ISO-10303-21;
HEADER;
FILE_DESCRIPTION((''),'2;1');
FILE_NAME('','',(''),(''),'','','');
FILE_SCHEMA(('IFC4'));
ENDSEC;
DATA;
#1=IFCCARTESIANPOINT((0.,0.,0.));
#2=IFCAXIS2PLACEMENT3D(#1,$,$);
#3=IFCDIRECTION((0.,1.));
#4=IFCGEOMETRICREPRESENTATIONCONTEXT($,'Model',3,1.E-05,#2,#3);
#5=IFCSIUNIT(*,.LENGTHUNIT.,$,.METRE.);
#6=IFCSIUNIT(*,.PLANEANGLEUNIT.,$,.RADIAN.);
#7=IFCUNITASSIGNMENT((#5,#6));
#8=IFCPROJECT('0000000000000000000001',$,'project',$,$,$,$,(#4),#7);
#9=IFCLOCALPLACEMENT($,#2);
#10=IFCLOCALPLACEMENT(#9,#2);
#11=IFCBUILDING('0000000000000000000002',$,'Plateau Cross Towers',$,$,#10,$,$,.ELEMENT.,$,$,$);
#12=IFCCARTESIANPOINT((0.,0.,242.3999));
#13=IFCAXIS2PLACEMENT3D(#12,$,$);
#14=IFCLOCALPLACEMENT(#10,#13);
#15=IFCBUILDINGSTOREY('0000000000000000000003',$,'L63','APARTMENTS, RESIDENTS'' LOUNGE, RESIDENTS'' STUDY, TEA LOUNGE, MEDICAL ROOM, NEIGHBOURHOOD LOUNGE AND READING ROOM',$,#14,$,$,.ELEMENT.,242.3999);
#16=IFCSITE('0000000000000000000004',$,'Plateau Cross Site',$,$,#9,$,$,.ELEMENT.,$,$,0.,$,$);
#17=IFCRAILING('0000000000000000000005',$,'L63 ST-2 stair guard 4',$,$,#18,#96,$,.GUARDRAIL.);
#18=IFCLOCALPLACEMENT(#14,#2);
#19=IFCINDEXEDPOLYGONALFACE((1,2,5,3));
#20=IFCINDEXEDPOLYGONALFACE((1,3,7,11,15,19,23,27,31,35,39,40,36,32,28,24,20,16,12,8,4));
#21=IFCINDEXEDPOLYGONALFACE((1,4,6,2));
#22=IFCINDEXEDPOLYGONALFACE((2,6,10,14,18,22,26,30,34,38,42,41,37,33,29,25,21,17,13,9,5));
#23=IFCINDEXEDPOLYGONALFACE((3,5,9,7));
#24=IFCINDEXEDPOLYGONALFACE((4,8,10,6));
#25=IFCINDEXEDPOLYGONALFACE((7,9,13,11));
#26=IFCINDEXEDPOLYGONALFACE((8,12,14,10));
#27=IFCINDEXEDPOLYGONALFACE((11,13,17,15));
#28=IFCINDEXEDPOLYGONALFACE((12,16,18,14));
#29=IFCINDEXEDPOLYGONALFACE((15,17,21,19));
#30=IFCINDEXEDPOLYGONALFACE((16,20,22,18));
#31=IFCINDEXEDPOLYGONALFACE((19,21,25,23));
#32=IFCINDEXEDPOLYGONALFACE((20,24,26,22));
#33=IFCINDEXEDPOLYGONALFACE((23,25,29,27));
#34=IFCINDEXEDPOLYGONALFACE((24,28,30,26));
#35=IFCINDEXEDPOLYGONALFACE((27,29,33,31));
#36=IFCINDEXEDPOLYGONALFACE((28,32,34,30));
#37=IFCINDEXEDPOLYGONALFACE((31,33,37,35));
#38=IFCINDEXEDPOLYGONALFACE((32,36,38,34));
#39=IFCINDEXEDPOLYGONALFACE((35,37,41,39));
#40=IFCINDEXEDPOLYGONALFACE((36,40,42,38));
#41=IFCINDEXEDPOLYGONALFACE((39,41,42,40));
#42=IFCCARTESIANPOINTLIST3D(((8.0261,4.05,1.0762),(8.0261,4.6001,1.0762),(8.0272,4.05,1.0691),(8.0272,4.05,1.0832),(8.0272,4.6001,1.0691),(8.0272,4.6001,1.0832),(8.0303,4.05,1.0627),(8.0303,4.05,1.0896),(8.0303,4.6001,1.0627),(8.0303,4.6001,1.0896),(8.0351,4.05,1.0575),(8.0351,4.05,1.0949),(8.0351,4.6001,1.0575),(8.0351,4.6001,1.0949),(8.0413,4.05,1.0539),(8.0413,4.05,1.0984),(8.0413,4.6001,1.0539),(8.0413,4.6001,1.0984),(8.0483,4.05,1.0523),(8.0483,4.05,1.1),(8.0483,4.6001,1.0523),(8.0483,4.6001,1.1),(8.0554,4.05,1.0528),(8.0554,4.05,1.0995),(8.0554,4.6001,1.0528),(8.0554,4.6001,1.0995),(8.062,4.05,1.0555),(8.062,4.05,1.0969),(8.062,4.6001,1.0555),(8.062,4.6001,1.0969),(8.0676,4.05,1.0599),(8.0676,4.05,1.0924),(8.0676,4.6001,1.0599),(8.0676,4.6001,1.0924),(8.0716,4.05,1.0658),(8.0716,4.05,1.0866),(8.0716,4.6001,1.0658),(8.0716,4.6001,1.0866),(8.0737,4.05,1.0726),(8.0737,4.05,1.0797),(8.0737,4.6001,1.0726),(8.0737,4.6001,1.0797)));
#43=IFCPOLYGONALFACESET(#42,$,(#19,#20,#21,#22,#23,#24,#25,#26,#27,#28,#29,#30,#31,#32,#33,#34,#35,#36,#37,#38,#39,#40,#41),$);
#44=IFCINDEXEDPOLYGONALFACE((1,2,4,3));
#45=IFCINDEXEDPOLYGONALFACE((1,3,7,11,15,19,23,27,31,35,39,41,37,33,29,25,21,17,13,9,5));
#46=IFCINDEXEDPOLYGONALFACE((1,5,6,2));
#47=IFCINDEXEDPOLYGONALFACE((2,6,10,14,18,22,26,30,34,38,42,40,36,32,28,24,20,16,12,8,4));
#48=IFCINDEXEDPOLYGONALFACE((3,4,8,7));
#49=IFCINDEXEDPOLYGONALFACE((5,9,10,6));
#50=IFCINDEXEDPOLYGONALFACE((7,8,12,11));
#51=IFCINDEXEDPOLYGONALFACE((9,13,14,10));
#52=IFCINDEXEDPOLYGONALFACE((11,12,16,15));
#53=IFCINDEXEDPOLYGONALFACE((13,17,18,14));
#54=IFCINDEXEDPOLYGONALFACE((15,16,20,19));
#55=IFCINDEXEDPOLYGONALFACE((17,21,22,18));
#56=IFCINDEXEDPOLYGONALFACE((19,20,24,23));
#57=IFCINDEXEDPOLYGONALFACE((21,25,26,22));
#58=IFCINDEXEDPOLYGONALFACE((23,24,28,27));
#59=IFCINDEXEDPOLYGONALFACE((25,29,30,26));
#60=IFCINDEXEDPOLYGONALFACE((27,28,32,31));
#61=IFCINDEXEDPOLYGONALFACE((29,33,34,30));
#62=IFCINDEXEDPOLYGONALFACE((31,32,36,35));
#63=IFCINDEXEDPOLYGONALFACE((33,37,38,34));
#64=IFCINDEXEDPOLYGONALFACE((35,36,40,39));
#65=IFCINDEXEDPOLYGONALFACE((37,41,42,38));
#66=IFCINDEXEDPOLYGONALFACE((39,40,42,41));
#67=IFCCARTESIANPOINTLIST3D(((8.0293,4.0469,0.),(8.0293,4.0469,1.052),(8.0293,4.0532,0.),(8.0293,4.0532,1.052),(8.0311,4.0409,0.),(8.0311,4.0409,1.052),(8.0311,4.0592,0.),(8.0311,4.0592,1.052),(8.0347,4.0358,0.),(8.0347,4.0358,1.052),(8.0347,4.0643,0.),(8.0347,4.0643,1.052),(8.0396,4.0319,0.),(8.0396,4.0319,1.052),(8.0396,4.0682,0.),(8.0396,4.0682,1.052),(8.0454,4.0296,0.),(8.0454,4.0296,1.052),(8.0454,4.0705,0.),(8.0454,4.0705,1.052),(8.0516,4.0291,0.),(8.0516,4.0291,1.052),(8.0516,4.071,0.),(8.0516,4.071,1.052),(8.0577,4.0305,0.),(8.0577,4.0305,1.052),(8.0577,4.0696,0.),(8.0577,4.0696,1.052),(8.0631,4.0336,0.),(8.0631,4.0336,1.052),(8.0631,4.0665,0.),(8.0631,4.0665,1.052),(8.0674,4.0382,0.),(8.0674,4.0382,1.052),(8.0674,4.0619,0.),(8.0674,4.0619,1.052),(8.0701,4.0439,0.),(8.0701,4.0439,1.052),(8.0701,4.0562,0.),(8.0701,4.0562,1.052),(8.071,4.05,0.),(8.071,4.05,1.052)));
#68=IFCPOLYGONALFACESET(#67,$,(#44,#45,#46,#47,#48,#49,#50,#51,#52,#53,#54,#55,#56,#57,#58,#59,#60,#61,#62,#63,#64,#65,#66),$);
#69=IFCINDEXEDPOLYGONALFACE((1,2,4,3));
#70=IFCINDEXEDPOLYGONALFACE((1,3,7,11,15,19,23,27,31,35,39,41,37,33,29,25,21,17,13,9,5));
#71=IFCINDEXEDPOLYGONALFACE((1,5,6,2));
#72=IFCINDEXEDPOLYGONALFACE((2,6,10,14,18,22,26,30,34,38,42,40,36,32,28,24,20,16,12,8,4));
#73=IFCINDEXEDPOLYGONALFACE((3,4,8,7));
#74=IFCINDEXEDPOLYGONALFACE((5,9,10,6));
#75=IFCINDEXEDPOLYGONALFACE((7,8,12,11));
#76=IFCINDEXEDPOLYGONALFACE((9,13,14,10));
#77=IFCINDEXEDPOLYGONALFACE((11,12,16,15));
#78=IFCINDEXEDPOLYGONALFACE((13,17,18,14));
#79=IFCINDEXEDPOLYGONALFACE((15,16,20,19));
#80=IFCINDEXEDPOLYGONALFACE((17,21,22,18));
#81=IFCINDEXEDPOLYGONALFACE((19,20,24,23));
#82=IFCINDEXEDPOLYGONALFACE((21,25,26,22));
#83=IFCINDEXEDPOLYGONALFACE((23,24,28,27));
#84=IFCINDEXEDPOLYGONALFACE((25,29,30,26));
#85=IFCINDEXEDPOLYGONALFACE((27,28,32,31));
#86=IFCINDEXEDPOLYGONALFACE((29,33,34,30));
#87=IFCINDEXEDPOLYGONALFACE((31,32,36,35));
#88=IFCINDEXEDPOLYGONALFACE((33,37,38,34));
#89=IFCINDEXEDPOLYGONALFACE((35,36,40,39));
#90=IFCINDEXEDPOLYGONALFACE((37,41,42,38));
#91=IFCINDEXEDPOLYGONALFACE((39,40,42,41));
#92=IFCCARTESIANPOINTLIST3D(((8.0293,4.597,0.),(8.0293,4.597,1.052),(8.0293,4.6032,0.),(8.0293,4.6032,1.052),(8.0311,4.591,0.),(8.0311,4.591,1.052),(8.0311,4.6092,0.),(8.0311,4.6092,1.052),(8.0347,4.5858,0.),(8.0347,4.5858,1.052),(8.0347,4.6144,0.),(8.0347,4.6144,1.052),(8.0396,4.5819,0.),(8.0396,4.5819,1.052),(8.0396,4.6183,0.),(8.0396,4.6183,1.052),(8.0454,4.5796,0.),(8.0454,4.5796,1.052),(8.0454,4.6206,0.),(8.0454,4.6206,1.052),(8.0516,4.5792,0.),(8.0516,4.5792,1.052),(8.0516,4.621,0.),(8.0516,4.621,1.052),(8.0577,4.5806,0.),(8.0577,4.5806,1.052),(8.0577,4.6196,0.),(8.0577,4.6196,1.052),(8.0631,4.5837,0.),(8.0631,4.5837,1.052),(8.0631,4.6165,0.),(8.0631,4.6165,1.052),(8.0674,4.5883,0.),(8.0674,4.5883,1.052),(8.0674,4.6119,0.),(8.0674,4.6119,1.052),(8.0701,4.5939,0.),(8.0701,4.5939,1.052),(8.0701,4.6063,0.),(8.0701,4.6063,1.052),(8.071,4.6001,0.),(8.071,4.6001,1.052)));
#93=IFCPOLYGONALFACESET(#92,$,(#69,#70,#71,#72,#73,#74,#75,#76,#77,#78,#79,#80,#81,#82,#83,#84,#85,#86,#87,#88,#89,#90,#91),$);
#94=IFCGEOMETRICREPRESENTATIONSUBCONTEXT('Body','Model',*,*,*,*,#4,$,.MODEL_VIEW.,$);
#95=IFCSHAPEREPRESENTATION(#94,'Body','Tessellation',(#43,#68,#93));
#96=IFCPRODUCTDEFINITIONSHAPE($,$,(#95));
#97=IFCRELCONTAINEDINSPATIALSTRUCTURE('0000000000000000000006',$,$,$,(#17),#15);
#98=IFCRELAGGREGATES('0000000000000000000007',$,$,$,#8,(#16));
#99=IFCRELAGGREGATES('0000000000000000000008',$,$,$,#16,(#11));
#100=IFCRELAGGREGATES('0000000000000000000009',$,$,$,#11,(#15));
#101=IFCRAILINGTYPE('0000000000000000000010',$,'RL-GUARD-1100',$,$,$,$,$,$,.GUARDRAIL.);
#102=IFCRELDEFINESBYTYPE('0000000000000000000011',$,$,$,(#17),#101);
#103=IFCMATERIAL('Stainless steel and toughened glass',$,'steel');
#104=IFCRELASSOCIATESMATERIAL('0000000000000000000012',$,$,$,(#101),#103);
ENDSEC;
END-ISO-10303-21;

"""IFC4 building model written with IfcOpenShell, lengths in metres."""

from ifc_helpers import new_model, si_unit, direction, frame, origin, origin_2d, place, context, subcontext, project, spatial, circle, extrude, material, type_object, element, save


model = new_model("IFC4")

# Units and contexts
model_context = context("Model", 3, precision=1e-05, world=origin(), true_north=direction((0.0, 1.0)))
body_context = subcontext(model_context, "Body", "Model", "MODEL_VIEW")
ifc_project = project(units=[si_unit("LENGTHUNIT", "METRE"), si_unit("PLANEANGLEUNIT", "RADIAN")], contexts=[model_context])

# Site, building, storey
site_placement = place(None, origin())
site = spatial("IfcSite", under=ifc_project, at=site_placement, Name="Plateau Cross Site", CompositionType="ELEMENT", RefElevation=0.0)
building_placement = place(site_placement, origin())
building = spatial("IfcBuilding", under=site, at=building_placement, Name="Plateau Cross Towers", CompositionType="ELEMENT")
storey_placement = place(building_placement, frame((0.0, 0.0, 242.3999)))
storey = spatial("IfcBuildingStorey", under=building, at=storey_placement, Name="L63", Description="APARTMENTS, RESIDENTS' LOUNGE, RESIDENTS' STUDY, TEA LOUNGE, MEDICAL ROOM, NEIGHBOURHOOD LOUNGE AND READING ROOM", CompositionType="ELEMENT", Elevation=242.3999)

# Railing
ifc_material_1 = material(Name="Stainless steel and toughened glass", Category="steel")
railing_type_1 = type_object("IfcRailingType", Name="RL-GUARD-1100", PredefinedType="GUARDRAIL", material=ifc_material_1)
railing_1_placement = place(storey_placement, frame((8.05, 4.05, 0.0)))
element("IfcRailing", 1, at=railing_1_placement, inside=storey, type_object=railing_type_1, Name="L63 ST-2 stair guard 4", PredefinedType="GUARDRAIL", context=body_context, shape_type="SweptSolid", body=[
    extrude(circle(Radius=0.0239, at=origin_2d()), frame((0.0, 0.0, 1.0762), z_axis=(0.0, 1.0, 0.0), x_axis=(-1.0, 0.0, 0.0)), (0.0, 0.0, 1.0), 0.55),
    extrude(circle(Radius=0.021, at=origin_2d()), origin(), (0.0, 0.0, 1.0), 1.052),
    extrude(circle(Radius=0.021, at=origin_2d()), frame((0.0, 0.55, 0.0)), (0.0, 0.0, 1.0), 1.052),
])

save(model, "model.ifc")
